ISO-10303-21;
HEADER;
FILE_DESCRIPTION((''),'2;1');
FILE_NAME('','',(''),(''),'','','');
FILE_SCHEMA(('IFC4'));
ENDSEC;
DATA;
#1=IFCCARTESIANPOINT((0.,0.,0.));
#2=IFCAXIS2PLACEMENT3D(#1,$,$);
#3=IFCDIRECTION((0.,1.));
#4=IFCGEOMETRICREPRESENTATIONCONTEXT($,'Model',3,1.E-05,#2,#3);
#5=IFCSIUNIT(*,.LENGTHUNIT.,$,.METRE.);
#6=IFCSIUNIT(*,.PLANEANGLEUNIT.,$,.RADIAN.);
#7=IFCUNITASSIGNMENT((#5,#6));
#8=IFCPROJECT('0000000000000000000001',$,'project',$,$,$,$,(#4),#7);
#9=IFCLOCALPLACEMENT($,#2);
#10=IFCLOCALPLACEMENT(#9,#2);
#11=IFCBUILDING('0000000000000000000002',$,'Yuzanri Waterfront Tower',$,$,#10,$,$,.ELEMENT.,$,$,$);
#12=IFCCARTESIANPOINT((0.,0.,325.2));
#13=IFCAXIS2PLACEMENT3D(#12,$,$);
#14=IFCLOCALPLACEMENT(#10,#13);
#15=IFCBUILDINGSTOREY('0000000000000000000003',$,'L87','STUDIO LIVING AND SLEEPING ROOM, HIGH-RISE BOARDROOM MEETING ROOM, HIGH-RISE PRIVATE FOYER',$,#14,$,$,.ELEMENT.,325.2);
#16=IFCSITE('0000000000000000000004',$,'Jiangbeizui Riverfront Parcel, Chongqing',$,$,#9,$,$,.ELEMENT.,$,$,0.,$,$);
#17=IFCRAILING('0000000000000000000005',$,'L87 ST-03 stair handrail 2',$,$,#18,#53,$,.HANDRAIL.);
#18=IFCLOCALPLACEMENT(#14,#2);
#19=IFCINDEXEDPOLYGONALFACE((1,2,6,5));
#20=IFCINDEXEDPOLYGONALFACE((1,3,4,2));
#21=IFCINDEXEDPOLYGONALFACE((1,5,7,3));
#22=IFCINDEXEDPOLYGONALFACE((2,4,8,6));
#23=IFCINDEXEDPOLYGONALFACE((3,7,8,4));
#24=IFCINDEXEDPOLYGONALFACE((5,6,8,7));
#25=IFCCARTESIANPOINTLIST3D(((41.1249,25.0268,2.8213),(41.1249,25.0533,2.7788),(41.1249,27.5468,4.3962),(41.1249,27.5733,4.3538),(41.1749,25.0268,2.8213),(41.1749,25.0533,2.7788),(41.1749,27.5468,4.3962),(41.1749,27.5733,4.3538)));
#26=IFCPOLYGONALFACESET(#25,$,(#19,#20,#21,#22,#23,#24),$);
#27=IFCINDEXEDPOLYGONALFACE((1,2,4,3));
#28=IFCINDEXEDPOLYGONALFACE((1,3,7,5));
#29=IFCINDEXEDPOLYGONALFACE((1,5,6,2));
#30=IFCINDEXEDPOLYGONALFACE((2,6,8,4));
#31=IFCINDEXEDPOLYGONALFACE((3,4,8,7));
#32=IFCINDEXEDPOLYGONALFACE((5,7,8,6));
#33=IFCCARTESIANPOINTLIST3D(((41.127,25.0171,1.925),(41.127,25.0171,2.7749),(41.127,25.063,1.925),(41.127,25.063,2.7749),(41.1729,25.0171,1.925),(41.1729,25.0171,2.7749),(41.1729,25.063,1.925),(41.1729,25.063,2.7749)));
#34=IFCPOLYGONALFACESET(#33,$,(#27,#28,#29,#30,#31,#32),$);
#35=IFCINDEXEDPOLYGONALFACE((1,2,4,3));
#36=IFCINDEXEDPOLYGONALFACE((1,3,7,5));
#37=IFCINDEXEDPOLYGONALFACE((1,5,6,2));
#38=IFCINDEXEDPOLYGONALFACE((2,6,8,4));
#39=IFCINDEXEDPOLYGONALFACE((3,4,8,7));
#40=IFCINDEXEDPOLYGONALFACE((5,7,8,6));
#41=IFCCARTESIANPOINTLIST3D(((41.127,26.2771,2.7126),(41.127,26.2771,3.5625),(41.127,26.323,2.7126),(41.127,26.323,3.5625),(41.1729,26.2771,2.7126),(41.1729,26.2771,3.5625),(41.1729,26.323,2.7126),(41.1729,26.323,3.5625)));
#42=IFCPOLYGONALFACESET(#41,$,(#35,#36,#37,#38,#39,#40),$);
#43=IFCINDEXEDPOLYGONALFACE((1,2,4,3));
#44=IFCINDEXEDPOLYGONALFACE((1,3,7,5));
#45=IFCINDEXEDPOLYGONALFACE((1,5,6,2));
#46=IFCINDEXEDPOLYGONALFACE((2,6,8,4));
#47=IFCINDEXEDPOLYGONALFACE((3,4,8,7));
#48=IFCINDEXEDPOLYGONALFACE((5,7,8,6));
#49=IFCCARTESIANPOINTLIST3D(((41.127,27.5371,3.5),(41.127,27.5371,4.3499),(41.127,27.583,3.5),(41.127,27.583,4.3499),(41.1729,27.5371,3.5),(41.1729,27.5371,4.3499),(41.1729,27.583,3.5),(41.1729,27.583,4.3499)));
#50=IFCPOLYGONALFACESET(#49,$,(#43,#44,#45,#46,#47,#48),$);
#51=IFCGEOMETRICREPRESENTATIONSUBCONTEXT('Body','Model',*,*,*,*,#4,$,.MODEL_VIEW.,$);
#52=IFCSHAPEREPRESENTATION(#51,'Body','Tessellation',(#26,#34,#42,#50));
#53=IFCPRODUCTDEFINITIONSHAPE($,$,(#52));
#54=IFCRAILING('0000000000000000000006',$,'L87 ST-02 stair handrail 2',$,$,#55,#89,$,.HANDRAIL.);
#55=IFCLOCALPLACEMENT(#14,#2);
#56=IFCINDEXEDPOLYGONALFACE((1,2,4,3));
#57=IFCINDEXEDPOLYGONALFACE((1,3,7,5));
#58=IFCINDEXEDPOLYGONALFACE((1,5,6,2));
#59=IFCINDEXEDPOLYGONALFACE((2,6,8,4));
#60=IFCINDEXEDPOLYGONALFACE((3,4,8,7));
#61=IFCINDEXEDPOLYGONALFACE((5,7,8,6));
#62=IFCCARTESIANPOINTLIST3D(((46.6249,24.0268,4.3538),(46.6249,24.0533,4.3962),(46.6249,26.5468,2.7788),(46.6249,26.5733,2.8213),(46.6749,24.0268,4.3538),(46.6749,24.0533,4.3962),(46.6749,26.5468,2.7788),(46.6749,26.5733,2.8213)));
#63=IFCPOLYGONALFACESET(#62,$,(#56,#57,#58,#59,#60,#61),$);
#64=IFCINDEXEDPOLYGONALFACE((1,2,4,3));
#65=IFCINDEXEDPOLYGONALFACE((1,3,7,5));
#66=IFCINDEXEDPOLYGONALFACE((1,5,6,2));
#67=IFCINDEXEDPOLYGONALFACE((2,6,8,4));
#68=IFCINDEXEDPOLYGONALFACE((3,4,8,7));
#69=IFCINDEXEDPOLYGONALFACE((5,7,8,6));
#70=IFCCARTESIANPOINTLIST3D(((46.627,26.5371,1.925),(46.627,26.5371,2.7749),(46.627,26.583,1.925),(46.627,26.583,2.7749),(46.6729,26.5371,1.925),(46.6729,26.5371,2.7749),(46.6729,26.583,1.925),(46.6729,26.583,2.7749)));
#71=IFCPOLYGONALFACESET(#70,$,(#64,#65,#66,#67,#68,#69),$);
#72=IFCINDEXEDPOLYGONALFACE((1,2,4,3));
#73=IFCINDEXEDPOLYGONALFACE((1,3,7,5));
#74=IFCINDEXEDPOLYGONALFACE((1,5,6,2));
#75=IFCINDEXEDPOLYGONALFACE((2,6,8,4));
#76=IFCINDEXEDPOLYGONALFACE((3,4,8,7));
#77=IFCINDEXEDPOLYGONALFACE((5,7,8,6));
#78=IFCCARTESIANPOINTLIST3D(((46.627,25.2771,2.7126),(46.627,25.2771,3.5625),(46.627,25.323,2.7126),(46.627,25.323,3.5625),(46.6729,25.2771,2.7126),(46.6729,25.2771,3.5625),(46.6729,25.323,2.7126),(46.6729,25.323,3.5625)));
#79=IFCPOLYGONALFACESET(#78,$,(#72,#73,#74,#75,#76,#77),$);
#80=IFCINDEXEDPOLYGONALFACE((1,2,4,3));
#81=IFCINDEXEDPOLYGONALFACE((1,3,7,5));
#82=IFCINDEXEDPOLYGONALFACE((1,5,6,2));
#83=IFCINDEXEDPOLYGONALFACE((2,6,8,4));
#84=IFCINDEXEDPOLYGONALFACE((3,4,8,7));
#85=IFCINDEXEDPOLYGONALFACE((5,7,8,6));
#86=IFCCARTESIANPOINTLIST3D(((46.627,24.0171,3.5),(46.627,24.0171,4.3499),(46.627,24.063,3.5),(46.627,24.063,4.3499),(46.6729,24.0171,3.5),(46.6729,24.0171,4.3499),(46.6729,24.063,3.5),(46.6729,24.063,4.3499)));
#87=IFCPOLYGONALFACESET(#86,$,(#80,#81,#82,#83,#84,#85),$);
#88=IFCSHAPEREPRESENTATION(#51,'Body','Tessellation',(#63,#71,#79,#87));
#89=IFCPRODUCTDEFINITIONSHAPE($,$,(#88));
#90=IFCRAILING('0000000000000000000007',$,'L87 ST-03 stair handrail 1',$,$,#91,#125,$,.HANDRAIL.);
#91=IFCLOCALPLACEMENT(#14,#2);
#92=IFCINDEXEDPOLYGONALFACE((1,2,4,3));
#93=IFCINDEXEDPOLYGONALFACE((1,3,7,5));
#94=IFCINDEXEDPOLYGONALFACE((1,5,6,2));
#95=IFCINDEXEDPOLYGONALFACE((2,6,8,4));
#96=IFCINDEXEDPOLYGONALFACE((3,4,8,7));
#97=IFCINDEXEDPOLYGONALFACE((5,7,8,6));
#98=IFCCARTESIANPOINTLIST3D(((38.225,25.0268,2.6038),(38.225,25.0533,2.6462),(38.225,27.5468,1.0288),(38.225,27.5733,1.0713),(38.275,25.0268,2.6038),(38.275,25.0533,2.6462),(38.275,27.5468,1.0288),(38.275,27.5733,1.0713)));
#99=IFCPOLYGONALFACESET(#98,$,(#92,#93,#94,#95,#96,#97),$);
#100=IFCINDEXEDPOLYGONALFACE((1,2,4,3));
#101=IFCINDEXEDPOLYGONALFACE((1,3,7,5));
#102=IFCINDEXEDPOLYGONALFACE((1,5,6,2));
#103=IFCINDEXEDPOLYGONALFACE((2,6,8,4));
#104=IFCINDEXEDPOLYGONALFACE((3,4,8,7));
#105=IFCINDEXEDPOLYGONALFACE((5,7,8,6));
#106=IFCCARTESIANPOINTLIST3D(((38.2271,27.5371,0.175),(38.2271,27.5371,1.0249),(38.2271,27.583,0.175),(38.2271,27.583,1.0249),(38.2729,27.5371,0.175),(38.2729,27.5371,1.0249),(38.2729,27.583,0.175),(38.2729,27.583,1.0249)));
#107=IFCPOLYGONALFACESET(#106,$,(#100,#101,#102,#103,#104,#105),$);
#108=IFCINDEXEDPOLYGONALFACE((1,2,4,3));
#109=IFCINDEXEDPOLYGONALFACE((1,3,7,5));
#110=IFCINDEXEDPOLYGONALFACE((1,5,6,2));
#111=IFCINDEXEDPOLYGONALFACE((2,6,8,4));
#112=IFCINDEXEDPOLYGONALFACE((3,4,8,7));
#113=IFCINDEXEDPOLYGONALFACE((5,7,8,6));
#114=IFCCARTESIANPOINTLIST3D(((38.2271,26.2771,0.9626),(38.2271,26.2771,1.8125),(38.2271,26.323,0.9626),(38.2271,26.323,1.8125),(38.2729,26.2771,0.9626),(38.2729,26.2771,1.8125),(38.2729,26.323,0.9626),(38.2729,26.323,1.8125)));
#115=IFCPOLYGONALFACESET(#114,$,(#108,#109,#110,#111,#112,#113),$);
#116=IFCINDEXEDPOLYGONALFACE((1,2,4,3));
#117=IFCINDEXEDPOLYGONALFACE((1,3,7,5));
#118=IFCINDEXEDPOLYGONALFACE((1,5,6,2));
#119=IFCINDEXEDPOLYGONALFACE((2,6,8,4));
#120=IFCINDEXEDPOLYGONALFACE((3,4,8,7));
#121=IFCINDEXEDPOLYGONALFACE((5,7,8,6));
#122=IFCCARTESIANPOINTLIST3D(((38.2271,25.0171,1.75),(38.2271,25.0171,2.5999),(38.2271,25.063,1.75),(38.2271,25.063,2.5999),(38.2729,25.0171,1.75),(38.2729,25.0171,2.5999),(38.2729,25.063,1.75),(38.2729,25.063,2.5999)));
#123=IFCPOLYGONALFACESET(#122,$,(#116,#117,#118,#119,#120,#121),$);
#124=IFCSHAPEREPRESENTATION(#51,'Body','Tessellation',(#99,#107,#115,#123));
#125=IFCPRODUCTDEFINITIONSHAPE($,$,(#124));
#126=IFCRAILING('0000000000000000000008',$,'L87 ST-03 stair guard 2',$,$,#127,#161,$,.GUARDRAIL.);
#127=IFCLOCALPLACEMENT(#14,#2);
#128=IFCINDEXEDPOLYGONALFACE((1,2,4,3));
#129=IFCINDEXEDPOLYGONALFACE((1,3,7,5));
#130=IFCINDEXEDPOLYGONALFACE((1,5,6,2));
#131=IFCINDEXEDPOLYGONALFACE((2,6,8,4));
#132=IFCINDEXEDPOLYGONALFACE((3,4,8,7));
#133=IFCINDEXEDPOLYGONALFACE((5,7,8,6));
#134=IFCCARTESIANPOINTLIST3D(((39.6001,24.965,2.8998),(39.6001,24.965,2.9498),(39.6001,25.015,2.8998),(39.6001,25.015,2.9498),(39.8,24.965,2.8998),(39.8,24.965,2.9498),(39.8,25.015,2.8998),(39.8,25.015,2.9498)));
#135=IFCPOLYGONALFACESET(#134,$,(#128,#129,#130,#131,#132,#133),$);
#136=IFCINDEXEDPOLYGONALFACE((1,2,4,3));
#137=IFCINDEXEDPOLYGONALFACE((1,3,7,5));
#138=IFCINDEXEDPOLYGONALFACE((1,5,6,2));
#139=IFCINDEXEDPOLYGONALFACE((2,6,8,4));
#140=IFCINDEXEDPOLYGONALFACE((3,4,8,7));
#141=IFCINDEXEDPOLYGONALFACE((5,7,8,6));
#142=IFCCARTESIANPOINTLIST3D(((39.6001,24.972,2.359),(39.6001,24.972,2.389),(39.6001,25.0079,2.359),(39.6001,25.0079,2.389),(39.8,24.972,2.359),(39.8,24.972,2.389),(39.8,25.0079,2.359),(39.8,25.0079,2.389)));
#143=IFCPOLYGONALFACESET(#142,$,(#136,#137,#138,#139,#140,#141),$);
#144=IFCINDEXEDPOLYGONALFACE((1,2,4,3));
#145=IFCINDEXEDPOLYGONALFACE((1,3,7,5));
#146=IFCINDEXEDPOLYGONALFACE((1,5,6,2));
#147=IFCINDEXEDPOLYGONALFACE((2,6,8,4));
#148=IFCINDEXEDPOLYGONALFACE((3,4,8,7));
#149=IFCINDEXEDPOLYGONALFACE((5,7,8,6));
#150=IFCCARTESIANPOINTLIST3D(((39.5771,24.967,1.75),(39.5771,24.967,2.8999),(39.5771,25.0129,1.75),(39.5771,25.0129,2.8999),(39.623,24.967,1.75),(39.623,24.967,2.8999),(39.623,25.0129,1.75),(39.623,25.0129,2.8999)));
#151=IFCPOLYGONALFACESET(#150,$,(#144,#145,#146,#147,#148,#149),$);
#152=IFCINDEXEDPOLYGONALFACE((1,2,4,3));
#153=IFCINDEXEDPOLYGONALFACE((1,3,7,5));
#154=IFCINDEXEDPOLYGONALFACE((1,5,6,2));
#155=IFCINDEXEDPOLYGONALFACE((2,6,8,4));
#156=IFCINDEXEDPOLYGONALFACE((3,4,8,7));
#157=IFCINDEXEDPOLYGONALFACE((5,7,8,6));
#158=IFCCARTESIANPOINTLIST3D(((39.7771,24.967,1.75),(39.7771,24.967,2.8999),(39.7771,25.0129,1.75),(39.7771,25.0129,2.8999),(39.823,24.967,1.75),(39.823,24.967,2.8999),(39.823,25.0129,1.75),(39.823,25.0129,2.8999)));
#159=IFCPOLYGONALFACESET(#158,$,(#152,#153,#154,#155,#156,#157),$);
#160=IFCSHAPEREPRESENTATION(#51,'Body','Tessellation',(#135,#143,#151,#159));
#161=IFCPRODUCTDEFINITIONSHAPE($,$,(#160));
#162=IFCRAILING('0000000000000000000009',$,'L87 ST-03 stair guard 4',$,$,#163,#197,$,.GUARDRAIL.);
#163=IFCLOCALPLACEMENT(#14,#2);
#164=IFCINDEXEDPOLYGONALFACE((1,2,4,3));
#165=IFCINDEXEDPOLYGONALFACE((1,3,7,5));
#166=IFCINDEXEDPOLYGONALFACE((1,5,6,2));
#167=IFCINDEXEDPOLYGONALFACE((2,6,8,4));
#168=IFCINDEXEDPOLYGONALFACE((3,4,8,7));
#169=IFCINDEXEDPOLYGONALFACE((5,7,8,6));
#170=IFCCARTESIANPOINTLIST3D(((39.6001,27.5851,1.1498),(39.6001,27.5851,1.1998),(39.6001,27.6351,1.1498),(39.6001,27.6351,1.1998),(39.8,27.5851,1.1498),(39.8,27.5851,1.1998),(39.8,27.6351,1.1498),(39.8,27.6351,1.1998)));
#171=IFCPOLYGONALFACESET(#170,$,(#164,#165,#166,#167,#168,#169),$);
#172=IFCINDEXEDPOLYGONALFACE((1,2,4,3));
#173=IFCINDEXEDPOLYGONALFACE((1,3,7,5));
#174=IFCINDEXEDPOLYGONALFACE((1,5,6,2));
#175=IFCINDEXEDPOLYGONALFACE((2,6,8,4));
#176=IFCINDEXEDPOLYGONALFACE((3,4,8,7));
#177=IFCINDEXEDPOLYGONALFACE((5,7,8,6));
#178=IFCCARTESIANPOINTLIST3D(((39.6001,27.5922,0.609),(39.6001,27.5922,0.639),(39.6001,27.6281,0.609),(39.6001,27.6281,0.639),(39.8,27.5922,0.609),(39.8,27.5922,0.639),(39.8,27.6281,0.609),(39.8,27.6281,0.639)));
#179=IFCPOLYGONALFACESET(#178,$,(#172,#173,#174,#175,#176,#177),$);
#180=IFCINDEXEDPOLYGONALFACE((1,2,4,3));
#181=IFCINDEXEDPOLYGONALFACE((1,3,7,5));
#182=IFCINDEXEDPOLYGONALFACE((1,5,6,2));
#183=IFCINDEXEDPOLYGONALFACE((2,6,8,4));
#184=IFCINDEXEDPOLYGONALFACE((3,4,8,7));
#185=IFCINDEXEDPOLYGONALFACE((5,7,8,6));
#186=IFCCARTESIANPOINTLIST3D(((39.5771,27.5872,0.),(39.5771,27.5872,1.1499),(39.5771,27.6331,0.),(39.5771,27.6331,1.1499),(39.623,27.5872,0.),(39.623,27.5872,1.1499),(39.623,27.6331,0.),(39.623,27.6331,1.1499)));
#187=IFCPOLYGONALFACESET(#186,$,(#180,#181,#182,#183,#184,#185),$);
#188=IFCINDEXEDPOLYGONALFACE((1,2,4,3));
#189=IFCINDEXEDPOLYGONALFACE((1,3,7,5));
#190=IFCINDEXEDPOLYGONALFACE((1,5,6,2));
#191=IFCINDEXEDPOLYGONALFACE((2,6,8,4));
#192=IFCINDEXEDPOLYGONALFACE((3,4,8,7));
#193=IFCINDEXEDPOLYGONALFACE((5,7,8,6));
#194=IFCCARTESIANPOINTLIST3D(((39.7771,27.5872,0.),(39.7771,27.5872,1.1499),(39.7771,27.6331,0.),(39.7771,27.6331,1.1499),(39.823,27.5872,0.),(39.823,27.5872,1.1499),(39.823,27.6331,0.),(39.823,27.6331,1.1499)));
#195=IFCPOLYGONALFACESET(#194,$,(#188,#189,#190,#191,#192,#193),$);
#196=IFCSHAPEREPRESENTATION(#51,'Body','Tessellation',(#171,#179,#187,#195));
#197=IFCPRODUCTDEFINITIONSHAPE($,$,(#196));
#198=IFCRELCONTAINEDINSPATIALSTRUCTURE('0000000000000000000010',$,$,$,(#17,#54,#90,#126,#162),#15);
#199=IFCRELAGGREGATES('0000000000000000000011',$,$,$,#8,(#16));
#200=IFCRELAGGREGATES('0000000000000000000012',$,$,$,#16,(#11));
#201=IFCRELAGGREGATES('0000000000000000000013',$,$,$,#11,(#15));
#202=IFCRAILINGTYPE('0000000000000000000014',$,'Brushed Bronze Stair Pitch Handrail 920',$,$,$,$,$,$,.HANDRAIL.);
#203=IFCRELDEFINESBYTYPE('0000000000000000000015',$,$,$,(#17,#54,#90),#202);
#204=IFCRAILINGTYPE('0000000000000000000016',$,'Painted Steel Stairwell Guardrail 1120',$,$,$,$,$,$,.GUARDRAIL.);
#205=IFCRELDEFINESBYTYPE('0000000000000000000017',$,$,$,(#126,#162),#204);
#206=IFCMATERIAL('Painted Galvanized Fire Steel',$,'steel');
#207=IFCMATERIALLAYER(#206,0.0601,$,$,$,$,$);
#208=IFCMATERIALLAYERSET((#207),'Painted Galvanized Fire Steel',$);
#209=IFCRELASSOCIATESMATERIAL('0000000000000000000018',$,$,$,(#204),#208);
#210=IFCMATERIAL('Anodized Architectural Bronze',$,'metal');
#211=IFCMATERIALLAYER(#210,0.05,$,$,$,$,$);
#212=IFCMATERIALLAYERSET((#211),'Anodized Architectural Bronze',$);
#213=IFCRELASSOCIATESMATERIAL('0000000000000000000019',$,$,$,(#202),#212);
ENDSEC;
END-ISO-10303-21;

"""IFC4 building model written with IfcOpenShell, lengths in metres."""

from ifc_helpers import new_model, si_unit, direction, frame, origin, origin_2d, place, context, subcontext, project, spatial, rectangle, extrude, source, transform, mapped, material, layer, layer_set, type_object, element, save


model = new_model("IFC4")

# Units and contexts
model_context = context("Model", 3, precision=1e-05, world=origin(), true_north=direction((0.0, 1.0)))
body_context = subcontext(model_context, "Body", "Model", "MODEL_VIEW")
ifc_project = project(units=[si_unit("LENGTHUNIT", "METRE"), si_unit("PLANEANGLEUNIT", "RADIAN")], contexts=[model_context])

# Site, building, storey
site_placement = place(None, origin())
site = spatial("IfcSite", under=ifc_project, at=site_placement, Name="Jiangbeizui Riverfront Parcel, Chongqing", CompositionType="ELEMENT", RefElevation=0.0)
building_placement = place(site_placement, origin())
building = spatial("IfcBuilding", under=site, at=building_placement, Name="Yuzanri Waterfront Tower", CompositionType="ELEMENT")
storey_placement = place(building_placement, frame((0.0, 0.0, 325.2)))
storey = spatial("IfcBuildingStorey", under=building, at=storey_placement, Name="L87", Description="STUDIO LIVING AND SLEEPING ROOM, HIGH-RISE BOARDROOM MEETING ROOM, HIGH-RISE PRIVATE FOYER", CompositionType="ELEMENT", Elevation=325.2)

# Railings
ifc_material_1 = material(Name="Painted Galvanized Fire Steel", Category="steel")
ifc_layer_1 = layer(ifc_material_1, 0.0601)
ifc_layer_set_1 = layer_set([ifc_layer_1], Name="Painted Galvanized Fire Steel")
railing_type_1 = type_object("IfcRailingType", Name="Painted Steel Stairwell Guardrail 1120", PredefinedType="GUARDRAIL", material=ifc_layer_set_1)
ifc_material_2 = material(Name="Anodized Architectural Bronze", Category="metal")
ifc_layer_2 = layer(ifc_material_2, 0.05)
ifc_layer_set_2 = layer_set([ifc_layer_2], Name="Anodized Architectural Bronze")
railing_type_2 = type_object("IfcRailingType", Name="Brushed Bronze Stair Pitch Handrail 920", PredefinedType="HANDRAIL", material=ifc_layer_set_2)
shared_shape_1 = source(origin(), body_context, "Body", "SweptSolid", [
    extrude(rectangle(XDim=0.05, YDim=0.05, at=origin_2d()), frame((0.0, 0.0, 0.875), z_axis=(0.0, 0.848008, 0.529984), x_axis=(-1.0, 0.0, 0.0)), (0.0, 0.0, 1.0), 2.9717),
    extrude(rectangle(XDim=0.0459, YDim=0.0459, at=origin_2d()), origin(), (0.0, 0.0, 1.0), 0.8499),
    extrude(rectangle(XDim=0.0459, YDim=0.0459, at=origin_2d()), frame((0.0, 1.26, 0.7876)), (0.0, 0.0, 1.0), 0.8499),
    extrude(rectangle(XDim=0.0459, YDim=0.0459, at=origin_2d()), frame((0.0, 2.52, 1.575)), (0.0, 0.0, 1.0), 0.8499),
])
railing_1_placement = place(storey_placement, frame((41.1499, 25.04, 1.925)))
element("IfcRailing", 1, at=railing_1_placement, inside=storey, type_object=railing_type_2, Name="L87 ST-03 stair handrail 2", PredefinedType="HANDRAIL", context=body_context, shape_type="MappedRepresentation", body=[
    mapped(shared_shape_1, transform((0.0, 0.0, 0.0), scale=1.0)),
])
shared_shape_2 = source(origin(), body_context, "Body", "SweptSolid", [
    extrude(rectangle(XDim=0.05, YDim=0.05, at=origin_2d()), frame((0.0, 0.0, 0.875), z_axis=(0.0, -0.848008, 0.529984), x_axis=(1.0, 0.0, 0.0)), (0.0, 0.0, 1.0), 2.9717),
    extrude(rectangle(XDim=0.0459, YDim=0.0459, at=origin_2d()), origin(), (0.0, 0.0, 1.0), 0.8499),
    extrude(rectangle(XDim=0.0459, YDim=0.0459, at=origin_2d()), frame((0.0, -1.26, 0.7876)), (0.0, 0.0, 1.0), 0.8499),
    extrude(rectangle(XDim=0.0459, YDim=0.0459, at=origin_2d()), frame((0.0, -2.52, 1.575)), (0.0, 0.0, 1.0), 0.8499),
])
for number, where, name in (
    (2, (46.6499, 26.5601, 1.925), "L87 ST-02 stair handrail 2"),
    (3, (38.25, 27.5601, 0.175), "L87 ST-03 stair handrail 1"),
):
    element("IfcRailing", number, at=place(storey_placement, frame(where)), inside=storey, type_object=railing_type_2, Name=name, PredefinedType="HANDRAIL", context=body_context, shape_type="MappedRepresentation", body=[
        mapped(shared_shape_2, transform((0.0, 0.0, 0.0), scale=1.0)),
    ])
shared_shape_3 = source(origin(), body_context, "Body", "SweptSolid", [
    extrude(rectangle(XDim=0.05, YDim=0.05, at=origin_2d()), frame((0.0, 0.0, 1.1748), z_axis=(1.0, 0.0, 0.0), x_axis=(0.0, 1.0, 0.0)), (0.0, 0.0, 1.0), 0.2),
    extrude(rectangle(XDim=0.0359, YDim=0.03, at=origin_2d()), frame((0.0, 0.0, 0.624), z_axis=(1.0, 0.0, 0.0), x_axis=(0.0, 1.0, 0.0)), (0.0, 0.0, 1.0), 0.2),
    extrude(rectangle(XDim=0.0459, YDim=0.0459, at=origin_2d()), origin(), (0.0, 0.0, 1.0), 1.1499),
    extrude(rectangle(XDim=0.0459, YDim=0.0459, at=origin_2d()), frame((0.2, 0.0, 0.0)), (0.0, 0.0, 1.0), 1.1499),
])
for number, where, name in (
    (4, (39.6001, 24.99, 1.75), "L87 ST-03 stair guard 2"),
    (5, (39.6001, 27.6101, 0.0), "L87 ST-03 stair guard 4"),
):
    element("IfcRailing", number, at=place(storey_placement, frame(where)), inside=storey, type_object=railing_type_1, Name=name, PredefinedType="GUARDRAIL", context=body_context, shape_type="MappedRepresentation", body=[
        mapped(shared_shape_3, transform((0.0, 0.0, 0.0), scale=1.0)),
    ])

save(model, "model.ifc")
